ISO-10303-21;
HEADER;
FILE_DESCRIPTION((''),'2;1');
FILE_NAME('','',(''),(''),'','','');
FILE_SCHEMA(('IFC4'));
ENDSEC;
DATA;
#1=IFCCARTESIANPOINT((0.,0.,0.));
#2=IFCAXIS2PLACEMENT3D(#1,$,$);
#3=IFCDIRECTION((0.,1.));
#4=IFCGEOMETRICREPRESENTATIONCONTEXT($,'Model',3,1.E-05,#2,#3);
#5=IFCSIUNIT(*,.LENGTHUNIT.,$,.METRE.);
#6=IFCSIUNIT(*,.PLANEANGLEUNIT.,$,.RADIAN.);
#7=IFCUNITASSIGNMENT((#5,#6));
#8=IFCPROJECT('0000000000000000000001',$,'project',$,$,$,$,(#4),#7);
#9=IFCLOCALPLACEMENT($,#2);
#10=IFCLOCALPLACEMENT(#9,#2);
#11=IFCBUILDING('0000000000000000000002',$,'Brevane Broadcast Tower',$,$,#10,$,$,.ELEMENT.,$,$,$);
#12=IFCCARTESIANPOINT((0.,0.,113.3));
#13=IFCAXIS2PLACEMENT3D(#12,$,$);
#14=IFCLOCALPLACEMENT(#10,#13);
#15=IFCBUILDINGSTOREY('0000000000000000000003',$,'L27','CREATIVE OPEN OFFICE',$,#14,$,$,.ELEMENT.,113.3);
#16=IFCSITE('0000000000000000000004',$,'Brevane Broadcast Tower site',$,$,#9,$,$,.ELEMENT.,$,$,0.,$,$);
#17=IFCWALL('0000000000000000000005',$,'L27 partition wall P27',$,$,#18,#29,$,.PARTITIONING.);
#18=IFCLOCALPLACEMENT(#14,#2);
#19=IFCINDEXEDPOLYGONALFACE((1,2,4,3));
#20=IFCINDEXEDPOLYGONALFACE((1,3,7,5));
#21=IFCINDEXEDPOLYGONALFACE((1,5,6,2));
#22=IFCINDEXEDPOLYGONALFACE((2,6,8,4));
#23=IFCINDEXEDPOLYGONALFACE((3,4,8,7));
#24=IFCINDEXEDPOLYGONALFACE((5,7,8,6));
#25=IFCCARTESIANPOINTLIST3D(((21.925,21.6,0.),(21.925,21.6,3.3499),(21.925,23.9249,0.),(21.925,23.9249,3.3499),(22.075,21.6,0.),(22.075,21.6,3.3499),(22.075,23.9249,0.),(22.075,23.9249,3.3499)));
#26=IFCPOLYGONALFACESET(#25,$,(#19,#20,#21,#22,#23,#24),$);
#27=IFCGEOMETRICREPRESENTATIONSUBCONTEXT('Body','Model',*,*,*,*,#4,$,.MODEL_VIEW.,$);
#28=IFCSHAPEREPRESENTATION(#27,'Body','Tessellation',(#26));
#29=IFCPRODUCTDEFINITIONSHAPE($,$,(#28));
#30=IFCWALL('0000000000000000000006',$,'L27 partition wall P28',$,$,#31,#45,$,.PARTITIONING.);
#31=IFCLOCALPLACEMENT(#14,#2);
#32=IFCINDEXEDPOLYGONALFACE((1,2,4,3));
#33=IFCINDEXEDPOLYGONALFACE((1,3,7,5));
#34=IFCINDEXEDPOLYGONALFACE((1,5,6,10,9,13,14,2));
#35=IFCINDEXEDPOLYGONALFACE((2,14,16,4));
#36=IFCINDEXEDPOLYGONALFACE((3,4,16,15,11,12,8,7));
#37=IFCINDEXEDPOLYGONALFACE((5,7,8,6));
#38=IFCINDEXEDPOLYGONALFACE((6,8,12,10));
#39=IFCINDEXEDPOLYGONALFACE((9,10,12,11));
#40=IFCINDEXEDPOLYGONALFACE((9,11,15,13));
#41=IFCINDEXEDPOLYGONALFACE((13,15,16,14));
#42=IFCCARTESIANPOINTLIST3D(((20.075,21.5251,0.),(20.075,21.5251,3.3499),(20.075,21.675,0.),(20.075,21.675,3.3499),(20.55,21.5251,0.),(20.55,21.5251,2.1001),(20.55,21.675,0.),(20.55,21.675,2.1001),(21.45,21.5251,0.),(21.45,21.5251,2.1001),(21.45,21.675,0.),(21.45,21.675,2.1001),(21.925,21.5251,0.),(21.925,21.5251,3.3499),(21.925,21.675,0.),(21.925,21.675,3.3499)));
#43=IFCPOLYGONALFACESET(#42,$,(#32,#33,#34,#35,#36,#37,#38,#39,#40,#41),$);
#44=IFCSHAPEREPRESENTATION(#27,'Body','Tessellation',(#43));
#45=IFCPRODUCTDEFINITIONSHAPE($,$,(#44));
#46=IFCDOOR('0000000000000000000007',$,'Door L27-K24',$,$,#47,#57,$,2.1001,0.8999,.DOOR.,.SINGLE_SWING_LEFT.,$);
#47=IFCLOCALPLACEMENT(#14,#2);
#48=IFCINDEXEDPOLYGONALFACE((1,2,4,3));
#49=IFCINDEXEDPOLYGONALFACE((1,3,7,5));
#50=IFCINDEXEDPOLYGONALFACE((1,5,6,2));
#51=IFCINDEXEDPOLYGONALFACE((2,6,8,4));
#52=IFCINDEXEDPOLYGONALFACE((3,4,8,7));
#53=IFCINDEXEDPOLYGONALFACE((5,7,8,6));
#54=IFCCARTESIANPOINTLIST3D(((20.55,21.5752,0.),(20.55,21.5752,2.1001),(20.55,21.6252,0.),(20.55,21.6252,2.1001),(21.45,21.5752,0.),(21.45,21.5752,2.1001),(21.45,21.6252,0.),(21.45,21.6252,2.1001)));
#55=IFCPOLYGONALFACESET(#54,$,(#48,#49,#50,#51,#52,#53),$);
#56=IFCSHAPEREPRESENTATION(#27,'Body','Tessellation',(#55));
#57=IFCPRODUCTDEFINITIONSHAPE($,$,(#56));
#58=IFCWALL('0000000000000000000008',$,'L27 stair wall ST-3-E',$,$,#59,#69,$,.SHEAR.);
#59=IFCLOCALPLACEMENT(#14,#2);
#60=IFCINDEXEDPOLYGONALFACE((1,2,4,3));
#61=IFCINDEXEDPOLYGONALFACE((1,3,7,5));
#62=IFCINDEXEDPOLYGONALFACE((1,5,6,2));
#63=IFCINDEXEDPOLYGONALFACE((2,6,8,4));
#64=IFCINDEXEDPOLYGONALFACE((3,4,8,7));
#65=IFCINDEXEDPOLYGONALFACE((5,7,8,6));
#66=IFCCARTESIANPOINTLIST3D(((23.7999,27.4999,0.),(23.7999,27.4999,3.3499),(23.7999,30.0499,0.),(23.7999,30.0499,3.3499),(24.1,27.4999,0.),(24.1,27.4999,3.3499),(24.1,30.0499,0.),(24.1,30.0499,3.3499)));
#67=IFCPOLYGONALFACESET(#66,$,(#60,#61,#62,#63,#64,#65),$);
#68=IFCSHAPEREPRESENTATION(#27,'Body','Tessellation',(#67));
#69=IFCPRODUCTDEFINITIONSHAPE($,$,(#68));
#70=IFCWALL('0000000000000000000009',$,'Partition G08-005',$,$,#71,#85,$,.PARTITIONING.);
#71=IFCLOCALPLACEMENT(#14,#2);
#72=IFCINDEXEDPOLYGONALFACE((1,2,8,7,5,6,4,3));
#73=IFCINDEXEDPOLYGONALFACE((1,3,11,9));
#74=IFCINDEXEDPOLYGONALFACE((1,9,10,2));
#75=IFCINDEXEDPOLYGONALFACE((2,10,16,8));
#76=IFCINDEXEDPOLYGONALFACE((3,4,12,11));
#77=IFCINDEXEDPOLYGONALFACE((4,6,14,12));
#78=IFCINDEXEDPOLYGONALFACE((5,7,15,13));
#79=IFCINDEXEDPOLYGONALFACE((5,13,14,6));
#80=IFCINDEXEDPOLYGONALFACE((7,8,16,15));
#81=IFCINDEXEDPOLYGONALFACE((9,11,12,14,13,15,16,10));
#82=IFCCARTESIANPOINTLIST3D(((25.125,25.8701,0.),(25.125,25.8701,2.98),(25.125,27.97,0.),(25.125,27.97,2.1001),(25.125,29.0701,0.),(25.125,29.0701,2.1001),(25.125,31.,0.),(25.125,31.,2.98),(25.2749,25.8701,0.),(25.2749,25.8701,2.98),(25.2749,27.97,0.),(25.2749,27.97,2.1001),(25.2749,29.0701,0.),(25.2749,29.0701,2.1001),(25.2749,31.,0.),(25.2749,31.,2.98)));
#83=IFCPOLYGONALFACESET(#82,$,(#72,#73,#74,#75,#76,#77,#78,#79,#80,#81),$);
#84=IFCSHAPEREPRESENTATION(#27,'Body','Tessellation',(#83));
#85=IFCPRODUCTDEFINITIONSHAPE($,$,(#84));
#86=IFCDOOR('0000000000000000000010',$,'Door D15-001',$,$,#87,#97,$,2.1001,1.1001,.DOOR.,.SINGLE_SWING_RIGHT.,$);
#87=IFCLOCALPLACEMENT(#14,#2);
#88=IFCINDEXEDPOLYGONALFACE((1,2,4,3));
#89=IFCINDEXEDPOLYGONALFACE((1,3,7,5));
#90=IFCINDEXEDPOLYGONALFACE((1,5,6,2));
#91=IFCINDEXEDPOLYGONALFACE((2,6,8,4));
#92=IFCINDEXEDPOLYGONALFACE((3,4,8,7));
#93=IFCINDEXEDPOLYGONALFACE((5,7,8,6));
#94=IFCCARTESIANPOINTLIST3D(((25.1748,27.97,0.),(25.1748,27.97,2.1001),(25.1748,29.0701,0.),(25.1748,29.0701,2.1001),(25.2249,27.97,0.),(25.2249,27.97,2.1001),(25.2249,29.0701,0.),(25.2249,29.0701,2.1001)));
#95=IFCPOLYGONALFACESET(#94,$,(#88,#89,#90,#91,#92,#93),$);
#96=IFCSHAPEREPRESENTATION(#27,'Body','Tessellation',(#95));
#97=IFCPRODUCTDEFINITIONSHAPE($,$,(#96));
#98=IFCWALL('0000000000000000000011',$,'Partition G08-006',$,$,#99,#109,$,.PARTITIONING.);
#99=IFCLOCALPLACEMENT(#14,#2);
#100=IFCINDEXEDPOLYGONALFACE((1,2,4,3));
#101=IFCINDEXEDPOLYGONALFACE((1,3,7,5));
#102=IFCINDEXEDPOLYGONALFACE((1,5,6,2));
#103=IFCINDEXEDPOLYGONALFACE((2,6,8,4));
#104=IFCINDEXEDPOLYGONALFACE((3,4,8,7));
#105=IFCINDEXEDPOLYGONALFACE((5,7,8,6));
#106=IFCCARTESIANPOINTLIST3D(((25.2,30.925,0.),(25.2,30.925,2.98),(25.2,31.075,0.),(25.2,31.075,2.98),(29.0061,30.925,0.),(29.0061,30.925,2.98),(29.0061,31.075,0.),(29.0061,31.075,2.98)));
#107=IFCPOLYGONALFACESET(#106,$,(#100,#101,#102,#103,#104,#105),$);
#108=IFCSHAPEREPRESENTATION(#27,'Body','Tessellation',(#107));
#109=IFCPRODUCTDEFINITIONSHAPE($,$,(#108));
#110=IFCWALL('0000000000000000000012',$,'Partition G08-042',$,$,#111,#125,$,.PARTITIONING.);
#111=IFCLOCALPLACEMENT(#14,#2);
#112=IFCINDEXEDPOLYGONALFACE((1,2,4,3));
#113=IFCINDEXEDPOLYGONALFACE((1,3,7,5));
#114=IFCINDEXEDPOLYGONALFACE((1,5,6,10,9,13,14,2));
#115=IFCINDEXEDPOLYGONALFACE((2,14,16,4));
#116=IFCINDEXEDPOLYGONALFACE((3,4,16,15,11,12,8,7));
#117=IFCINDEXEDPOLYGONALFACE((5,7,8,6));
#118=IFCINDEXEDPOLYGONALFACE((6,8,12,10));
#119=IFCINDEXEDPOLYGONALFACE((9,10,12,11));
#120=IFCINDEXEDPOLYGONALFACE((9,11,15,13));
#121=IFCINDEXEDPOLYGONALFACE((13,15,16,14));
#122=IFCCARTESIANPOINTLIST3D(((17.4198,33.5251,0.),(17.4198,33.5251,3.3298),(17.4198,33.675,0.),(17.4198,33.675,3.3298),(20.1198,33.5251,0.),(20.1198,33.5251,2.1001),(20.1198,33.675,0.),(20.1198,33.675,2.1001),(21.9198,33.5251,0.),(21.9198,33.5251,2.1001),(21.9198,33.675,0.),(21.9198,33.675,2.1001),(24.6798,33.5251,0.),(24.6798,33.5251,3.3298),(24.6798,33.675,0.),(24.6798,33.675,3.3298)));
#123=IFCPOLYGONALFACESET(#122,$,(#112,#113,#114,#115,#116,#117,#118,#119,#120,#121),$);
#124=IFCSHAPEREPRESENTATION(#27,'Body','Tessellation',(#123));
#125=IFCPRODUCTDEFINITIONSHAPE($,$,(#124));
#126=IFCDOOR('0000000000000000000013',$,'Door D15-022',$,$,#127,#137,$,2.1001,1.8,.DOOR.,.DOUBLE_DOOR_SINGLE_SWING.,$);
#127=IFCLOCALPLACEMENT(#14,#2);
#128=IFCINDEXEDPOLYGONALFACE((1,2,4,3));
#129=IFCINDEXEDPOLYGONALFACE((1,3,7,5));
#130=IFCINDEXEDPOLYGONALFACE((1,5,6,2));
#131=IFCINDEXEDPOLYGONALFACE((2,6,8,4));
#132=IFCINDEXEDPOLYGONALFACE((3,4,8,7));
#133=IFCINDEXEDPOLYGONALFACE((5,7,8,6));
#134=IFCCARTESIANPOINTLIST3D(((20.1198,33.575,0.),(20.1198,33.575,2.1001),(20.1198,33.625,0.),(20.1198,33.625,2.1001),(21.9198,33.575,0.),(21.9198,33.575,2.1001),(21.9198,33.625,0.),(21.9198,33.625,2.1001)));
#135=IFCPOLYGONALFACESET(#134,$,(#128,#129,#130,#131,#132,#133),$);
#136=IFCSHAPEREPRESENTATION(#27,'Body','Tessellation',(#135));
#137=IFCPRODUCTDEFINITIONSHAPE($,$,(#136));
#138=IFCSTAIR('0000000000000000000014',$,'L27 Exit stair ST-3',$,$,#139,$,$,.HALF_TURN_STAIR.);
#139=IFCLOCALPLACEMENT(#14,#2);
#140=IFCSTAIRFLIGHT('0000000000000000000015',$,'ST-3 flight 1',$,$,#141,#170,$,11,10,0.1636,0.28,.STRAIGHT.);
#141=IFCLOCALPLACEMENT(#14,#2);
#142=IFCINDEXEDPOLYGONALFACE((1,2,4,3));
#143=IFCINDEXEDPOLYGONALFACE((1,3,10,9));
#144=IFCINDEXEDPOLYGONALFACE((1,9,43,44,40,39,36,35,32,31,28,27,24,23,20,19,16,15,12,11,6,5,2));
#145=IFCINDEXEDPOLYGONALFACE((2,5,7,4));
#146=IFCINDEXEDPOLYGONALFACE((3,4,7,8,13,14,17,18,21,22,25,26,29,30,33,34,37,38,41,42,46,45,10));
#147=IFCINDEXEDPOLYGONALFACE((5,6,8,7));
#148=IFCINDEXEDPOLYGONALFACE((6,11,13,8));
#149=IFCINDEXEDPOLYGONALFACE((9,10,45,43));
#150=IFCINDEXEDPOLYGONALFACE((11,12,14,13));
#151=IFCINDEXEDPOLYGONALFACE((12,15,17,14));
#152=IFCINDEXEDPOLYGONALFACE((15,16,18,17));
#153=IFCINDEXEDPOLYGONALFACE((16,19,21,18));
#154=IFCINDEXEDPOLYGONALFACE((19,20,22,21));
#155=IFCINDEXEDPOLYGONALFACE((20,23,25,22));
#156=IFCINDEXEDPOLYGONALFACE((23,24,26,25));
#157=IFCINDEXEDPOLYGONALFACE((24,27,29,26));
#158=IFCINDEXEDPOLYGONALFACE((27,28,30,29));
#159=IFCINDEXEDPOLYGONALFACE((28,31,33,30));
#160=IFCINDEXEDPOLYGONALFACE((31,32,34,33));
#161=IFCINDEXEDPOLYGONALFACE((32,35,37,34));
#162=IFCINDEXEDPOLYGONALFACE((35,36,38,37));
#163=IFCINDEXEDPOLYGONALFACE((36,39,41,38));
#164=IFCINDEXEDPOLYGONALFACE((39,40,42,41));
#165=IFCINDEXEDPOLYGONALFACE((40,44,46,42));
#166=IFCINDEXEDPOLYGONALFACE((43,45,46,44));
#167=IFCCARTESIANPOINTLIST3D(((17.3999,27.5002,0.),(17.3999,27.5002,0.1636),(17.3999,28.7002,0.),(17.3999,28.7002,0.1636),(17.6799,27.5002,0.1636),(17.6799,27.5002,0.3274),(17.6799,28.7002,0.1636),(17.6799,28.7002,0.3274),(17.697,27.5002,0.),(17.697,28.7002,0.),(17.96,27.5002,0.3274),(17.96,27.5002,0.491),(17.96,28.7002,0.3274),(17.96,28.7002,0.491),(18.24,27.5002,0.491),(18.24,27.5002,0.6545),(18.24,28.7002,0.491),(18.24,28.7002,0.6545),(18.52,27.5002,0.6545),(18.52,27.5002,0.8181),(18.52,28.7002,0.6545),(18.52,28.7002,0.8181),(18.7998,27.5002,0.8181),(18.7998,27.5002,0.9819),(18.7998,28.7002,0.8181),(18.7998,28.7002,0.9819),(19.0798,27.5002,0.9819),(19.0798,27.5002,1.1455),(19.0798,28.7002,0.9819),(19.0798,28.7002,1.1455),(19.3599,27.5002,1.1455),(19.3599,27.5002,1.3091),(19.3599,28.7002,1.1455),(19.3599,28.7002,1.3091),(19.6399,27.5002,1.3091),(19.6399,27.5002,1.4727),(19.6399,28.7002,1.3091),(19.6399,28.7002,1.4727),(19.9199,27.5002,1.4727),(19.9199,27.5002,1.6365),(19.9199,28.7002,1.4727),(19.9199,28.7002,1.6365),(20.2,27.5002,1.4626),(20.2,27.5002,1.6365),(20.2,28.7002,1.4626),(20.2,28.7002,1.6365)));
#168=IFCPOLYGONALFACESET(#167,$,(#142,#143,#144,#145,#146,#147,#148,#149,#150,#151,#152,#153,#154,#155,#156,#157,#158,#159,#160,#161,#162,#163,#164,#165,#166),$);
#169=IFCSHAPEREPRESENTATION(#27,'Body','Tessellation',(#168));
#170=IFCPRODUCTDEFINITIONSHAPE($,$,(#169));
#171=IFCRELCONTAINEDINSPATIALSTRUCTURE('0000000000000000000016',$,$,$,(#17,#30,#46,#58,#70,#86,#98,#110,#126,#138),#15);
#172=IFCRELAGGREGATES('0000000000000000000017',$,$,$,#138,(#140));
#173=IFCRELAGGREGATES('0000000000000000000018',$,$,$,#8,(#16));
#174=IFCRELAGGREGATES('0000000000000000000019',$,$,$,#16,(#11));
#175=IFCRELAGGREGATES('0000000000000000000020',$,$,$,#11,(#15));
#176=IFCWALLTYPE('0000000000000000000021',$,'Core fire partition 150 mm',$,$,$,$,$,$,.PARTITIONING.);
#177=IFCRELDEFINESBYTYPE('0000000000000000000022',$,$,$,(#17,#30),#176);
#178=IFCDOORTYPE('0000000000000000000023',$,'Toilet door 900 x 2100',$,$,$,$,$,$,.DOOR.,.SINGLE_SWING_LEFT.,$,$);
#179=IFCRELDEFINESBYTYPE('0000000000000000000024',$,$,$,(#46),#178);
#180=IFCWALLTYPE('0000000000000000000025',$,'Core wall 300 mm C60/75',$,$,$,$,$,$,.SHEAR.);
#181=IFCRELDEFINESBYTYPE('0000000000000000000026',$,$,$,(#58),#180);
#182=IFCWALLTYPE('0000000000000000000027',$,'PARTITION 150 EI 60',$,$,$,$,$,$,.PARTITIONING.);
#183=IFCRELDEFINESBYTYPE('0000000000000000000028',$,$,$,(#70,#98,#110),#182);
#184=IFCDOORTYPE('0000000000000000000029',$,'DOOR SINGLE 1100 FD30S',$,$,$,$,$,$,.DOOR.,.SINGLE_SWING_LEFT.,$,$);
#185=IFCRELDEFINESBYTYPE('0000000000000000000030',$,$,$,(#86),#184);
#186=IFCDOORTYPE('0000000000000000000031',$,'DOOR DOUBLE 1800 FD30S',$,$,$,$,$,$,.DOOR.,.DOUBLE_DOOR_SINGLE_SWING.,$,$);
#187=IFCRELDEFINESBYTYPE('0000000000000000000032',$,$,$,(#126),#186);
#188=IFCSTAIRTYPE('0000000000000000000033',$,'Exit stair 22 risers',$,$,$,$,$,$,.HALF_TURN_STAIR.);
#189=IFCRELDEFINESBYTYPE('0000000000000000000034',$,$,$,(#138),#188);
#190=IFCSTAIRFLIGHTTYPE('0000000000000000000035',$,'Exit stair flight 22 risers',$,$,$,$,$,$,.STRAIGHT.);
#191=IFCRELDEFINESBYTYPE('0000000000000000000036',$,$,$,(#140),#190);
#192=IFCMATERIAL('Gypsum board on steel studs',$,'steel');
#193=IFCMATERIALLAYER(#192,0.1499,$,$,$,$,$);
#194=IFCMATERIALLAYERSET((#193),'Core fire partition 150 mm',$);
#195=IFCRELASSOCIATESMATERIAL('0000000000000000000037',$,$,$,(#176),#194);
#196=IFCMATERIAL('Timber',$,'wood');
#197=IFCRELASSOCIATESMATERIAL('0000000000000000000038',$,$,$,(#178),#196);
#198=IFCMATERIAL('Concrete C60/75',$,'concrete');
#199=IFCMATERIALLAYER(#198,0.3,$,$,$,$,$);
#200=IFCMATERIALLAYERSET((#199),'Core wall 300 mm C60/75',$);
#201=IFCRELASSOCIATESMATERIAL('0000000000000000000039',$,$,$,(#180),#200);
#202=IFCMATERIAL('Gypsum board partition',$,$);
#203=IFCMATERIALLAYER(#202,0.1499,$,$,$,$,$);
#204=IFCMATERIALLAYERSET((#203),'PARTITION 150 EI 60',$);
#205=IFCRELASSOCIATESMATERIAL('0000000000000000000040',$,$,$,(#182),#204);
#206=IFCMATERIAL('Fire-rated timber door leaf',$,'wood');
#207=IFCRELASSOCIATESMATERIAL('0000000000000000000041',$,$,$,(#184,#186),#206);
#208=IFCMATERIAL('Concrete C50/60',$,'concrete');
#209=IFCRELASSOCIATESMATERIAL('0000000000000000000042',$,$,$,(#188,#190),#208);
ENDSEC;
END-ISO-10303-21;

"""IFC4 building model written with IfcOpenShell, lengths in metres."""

from ifc_helpers import new_model, si_unit, direction, frame, frame_2d, origin, place, context, subcontext, project, spatial, polyline, rectangle, outline, extrude, material, layer, layer_set, type_object, element, fill, aggregate, save


model = new_model("IFC4")

# Units and contexts
model_context = context("Model", 3, precision=1e-05, world=origin(), true_north=direction((0.0, 1.0)))
body_context = subcontext(model_context, "Body", "Model", "MODEL_VIEW")
ifc_project = project(units=[si_unit("LENGTHUNIT", "METRE"), si_unit("PLANEANGLEUNIT", "RADIAN")], contexts=[model_context])

# Site, building, storey
site_placement = place(None, origin())
site = spatial("IfcSite", under=ifc_project, at=site_placement, Name="Brevane Broadcast Tower site", CompositionType="ELEMENT", RefElevation=0.0)
building_placement = place(site_placement, origin())
building = spatial("IfcBuilding", under=site, at=building_placement, Name="Brevane Broadcast Tower", CompositionType="ELEMENT")
storey_placement = place(building_placement, frame((0.0, 0.0, 113.3)))
storey = spatial("IfcBuildingStorey", under=building, at=storey_placement, Name="L27", Description="CREATIVE OPEN OFFICE", CompositionType="ELEMENT", Elevation=113.3)

# Shared definitions
ifc_material_1 = material(Name="Concrete C60/75", Category="concrete")

# Wall
ifc_material_2 = material(Name="Gypsum board on steel studs", Category="steel")
ifc_layer_1 = layer(ifc_material_2, 0.1499)
ifc_layer_set_1 = layer_set([ifc_layer_1], Name="Core fire partition 150 mm")
wall_type_1 = type_object("IfcWallType", Name="Core fire partition 150 mm", PredefinedType="PARTITIONING", material=ifc_layer_set_1)
wall_1_placement = place(storey_placement, frame((22.0, 23.925, 0.0), z_axis=(0.0, 0.0, 1.0), x_axis=(0.0, -1.0, 0.0)))
element("IfcWall", 1, at=wall_1_placement, inside=storey, type_object=wall_type_1, Name="L27 partition wall P27", PredefinedType="PARTITIONING", context=body_context, shape_type="SweptSolid", body=[
    extrude(rectangle(XDim=2.325, YDim=0.1499, at=frame_2d((1.1626, 0.0))), origin(), (0.0, 0.0, 1.0), 3.3499),
])

# Wall, opening, door
wall_2_placement = place(storey_placement, frame((21.925, 21.6001, 0.0), z_axis=(0.0, 0.0, 1.0), x_axis=(-1.0, 0.0, 0.0)))
wall_2 = element("IfcWall", 2, at=wall_2_placement, inside=storey, type_object=wall_type_1, Name="L27 partition wall P28", PredefinedType="PARTITIONING", context=body_context, shape_type="SweptSolid", body=[
    extrude(rectangle(XDim=1.8501, YDim=0.1499, at=frame_2d((0.925, 0.0))), origin(), (0.0, 0.0, 1.0), 3.3499),
])
opening_1_placement = place(wall_2_placement, frame((0.4751, 0.0, 0.0)))
opening_1 = element("IfcOpeningElement", 3, at=opening_1_placement, cuts=wall_2, PredefinedType="OPENING", context=body_context, shape_type="SweptSolid", body=[
    extrude(rectangle(XDim=0.8999, YDim=2.1001, at=frame_2d((0.45, 1.05))), frame((0.0, 0.085, 0.0), z_axis=(0.0, -1.0, 0.0), x_axis=(1.0, 0.0, 0.0)), (0.0, 0.0, 1.0), 0.1699),
])
ifc_material_3 = material(Name="Timber", Category="wood")
door_type_1 = type_object("IfcDoorType", Name="Toilet door 900 x 2100", OperationType="SINGLE_SWING_LEFT", PredefinedType="DOOR", material=ifc_material_3)
door_1_placement = place(opening_1_placement, origin())
door_1 = element("IfcDoor", 4, at=door_1_placement, inside=storey, type_object=door_type_1, Name="Door L27-K24", OperationType="SINGLE_SWING_LEFT", OverallHeight=2.1001, OverallWidth=0.8999, PredefinedType="DOOR", context=body_context, shape_type="SweptSolid", body=[
    extrude(rectangle(XDim=0.8999, YDim=2.1001, at=frame_2d((0.45, 1.05))), frame((0.0, 0.0249, 0.0), z_axis=(0.0, -1.0, 0.0), x_axis=(1.0, 0.0, 0.0)), (0.0, 0.0, 1.0), 0.05),
])
fill(opening_1, door_1)

# Wall
ifc_layer_2 = layer(ifc_material_1, 0.3)
ifc_layer_set_2 = layer_set([ifc_layer_2], Name="Core wall 300 mm C60/75")
wall_type_2 = type_object("IfcWallType", Name="Core wall 300 mm C60/75", PredefinedType="SHEAR", material=ifc_layer_set_2)
wall_3_placement = place(storey_placement, frame((23.95, 27.5, 0.0), z_axis=(0.0, 0.0, 1.0), x_axis=(0.0, 1.0, 0.0)))
element("IfcWall", 5, at=wall_3_placement, inside=storey, type_object=wall_type_2, Name="L27 stair wall ST-3-E", PredefinedType="SHEAR", context=body_context, shape_type="SweptSolid", body=[
    extrude(rectangle(XDim=2.55, YDim=0.3, at=frame_2d((1.2749, 0.0))), origin(), (0.0, 0.0, 1.0), 3.3499),
])

# Wall, opening, door
ifc_material_4 = material(Name="Gypsum board partition")
ifc_layer_3 = layer(ifc_material_4, 0.1499)
ifc_layer_set_3 = layer_set([ifc_layer_3], Name="PARTITION 150 EI 60")
wall_type_3 = type_object("IfcWallType", Name="PARTITION 150 EI 60", PredefinedType="PARTITIONING", material=ifc_layer_set_3)
wall_4_placement = place(storey_placement, frame((25.2, 31.0, 0.0), z_axis=(0.0, 0.0, 1.0), x_axis=(0.0, -1.0, 0.0)))
wall_4 = element("IfcWall", 6, at=wall_4_placement, inside=storey, type_object=wall_type_3, Name="Partition G08-005", PredefinedType="PARTITIONING", context=body_context, shape_type="SweptSolid", body=[
    extrude(outline(polyline([(0.0, 0.0), (5.1299, 0.0), (5.1299, 2.98), (0.0, 2.98), (0.0, 0.0)])), frame((0.0, 0.075, 0.0), z_axis=(0.0, -1.0, 0.0), x_axis=(1.0, 0.0, 0.0)), (0.0, 0.0, 1.0), 0.1499),
])
opening_2_placement = place(wall_4_placement, frame((1.9299, 0.0, 0.0)))
opening_2 = element("IfcOpeningElement", 7, at=opening_2_placement, cuts=wall_4, PredefinedType="OPENING", context=body_context, shape_type="SweptSolid", body=[
    extrude(rectangle(XDim=1.1001, YDim=2.1001, at=frame_2d((0.55, 1.05))), frame((0.0, 0.085, 0.0), z_axis=(0.0, -1.0, 0.0), x_axis=(1.0, 0.0, 0.0)), (0.0, 0.0, 1.0), 0.1699),
])
ifc_material_5 = material(Name="Fire-rated timber door leaf", Category="wood")
door_type_2 = type_object("IfcDoorType", Name="DOOR SINGLE 1100 FD30S", OperationType="SINGLE_SWING_LEFT", PredefinedType="DOOR", material=ifc_material_5)
door_2_placement = place(opening_2_placement, origin())
door_2 = element("IfcDoor", 8, at=door_2_placement, inside=storey, type_object=door_type_2, Name="Door D15-001", OperationType="SINGLE_SWING_RIGHT", OverallHeight=2.1001, OverallWidth=1.1001, PredefinedType="DOOR", context=body_context, shape_type="SweptSolid", body=[
    extrude(rectangle(XDim=1.1001, YDim=2.1001, at=frame_2d((0.55, 1.05))), frame((0.0, 0.0249, 0.0), z_axis=(0.0, -1.0, 0.0), x_axis=(1.0, 0.0, 0.0)), (0.0, 0.0, 1.0), 0.05),
])
fill(opening_2, door_2)

# Wall
wall_5_placement = place(storey_placement, frame((25.2, 31.0, 0.0), z_axis=(0.0, 0.0, 1.0), x_axis=(1.0, 0.0, 0.0)))
element("IfcWall", 9, at=wall_5_placement, inside=storey, type_object=wall_type_3, Name="Partition G08-006", PredefinedType="PARTITIONING", context=body_context, shape_type="SweptSolid", body=[
    extrude(rectangle(XDim=3.8062, YDim=0.1499, at=frame_2d((1.9031, 0.0))), origin(), (0.0, 0.0, 1.0), 2.98),
])

# Wall, opening, door
wall_6_placement = place(storey_placement, frame((17.4199, 33.6001, 0.0), z_axis=(0.0, 0.0, 1.0), x_axis=(1.0, 0.0, 0.0)))
wall_6 = element("IfcWall", 10, at=wall_6_placement, inside=storey, type_object=wall_type_3, Name="Partition G08-042", PredefinedType="PARTITIONING", context=body_context, shape_type="SweptSolid", body=[
    extrude(rectangle(XDim=7.26, YDim=0.1499, at=frame_2d((3.6299, 0.0))), origin(), (0.0, 0.0, 1.0), 3.3298),
])
opening_3_placement = place(wall_6_placement, frame((2.7, 0.0, 0.0)))
opening_3 = element("IfcOpeningElement", 11, at=opening_3_placement, cuts=wall_6, PredefinedType="OPENING", context=body_context, shape_type="SweptSolid", body=[
    extrude(rectangle(XDim=1.8, YDim=2.1001, at=frame_2d((0.8999, 1.05))), frame((0.0, 0.085, 0.0), z_axis=(0.0, -1.0, 0.0), x_axis=(1.0, 0.0, 0.0)), (0.0, 0.0, 1.0), 0.1699),
])
door_type_3 = type_object("IfcDoorType", Name="DOOR DOUBLE 1800 FD30S", OperationType="DOUBLE_DOOR_SINGLE_SWING", PredefinedType="DOOR", material=ifc_material_5)
door_3_placement = place(opening_3_placement, origin())
door_3 = element("IfcDoor", 12, at=door_3_placement, inside=storey, type_object=door_type_3, Name="Door D15-022", OperationType="DOUBLE_DOOR_SINGLE_SWING", OverallHeight=2.1001, OverallWidth=1.8, PredefinedType="DOOR", context=body_context, shape_type="SweptSolid", body=[
    extrude(rectangle(XDim=1.8, YDim=2.1001, at=frame_2d((0.8999, 1.05))), frame((0.0, 0.0249, 0.0), z_axis=(0.0, -1.0, 0.0), x_axis=(1.0, 0.0, 0.0)), (0.0, 0.0, 1.0), 0.05),
])
fill(opening_3, door_3)

# Stair, stair flight
ifc_material_6 = material(Name="Concrete C50/60", Category="concrete")
stair_type = type_object("IfcStairType", Name="Exit stair 22 risers", PredefinedType="HALF_TURN_STAIR", material=ifc_material_6)
stair_placement = place(storey_placement, origin())
stair = element("IfcStair", 13, at=stair_placement, inside=storey, type_object=stair_type, Name="L27 Exit stair ST-3", PredefinedType="HALF_TURN_STAIR")
stair_flight_type = type_object("IfcStairFlightType", Name="Exit stair flight 22 risers", PredefinedType="STRAIGHT", material=ifc_material_6)
stair_flight_1_placement = place(storey_placement, frame((17.3999, 28.1001, 0.0), z_axis=(0.0, 0.0, 1.0), x_axis=(1.0, 0.0, 0.0)))
stair_flight_1 = element("IfcStairFlight", 14, at=stair_flight_1_placement, type_object=stair_flight_type, Name="ST-3 flight 1", NumberOfRisers=11, NumberOfTreads=10, PredefinedType="STRAIGHT", RiserHeight=0.1636, TreadLength=0.28, context=body_context, shape_type="SweptSolid", body=[
    extrude(outline(polyline([(0.0, 0.0), (0.0, 0.1636), (0.28, 0.1636), (0.28, 0.3274), (0.5601, 0.3274), (0.5601, 0.491), (0.8401, 0.491), (0.8401, 0.6545), (1.1201, 0.6545), (1.1201, 0.8181), (1.3999, 0.8181), (1.3999, 0.9819), (1.6799, 0.9819), (1.6799, 1.1455), (1.96, 1.1455), (1.96, 1.3091), (2.24, 1.3091), (2.24, 1.4727), (2.52, 1.4727), (2.52, 1.6365), (2.8, 1.6365), (2.8, 1.8), (2.8, 1.4626), (0.2971, 0.0), (0.0, 0.0)])), frame((0.0, 0.6001, 0.0), z_axis=(0.0, -1.0, 0.0), x_axis=(1.0, 0.0, 0.0)), (0.0, 0.0, 1.0), 1.2),
])
aggregate(stair, [stair_flight_1])

save(model, "model.ifc")
